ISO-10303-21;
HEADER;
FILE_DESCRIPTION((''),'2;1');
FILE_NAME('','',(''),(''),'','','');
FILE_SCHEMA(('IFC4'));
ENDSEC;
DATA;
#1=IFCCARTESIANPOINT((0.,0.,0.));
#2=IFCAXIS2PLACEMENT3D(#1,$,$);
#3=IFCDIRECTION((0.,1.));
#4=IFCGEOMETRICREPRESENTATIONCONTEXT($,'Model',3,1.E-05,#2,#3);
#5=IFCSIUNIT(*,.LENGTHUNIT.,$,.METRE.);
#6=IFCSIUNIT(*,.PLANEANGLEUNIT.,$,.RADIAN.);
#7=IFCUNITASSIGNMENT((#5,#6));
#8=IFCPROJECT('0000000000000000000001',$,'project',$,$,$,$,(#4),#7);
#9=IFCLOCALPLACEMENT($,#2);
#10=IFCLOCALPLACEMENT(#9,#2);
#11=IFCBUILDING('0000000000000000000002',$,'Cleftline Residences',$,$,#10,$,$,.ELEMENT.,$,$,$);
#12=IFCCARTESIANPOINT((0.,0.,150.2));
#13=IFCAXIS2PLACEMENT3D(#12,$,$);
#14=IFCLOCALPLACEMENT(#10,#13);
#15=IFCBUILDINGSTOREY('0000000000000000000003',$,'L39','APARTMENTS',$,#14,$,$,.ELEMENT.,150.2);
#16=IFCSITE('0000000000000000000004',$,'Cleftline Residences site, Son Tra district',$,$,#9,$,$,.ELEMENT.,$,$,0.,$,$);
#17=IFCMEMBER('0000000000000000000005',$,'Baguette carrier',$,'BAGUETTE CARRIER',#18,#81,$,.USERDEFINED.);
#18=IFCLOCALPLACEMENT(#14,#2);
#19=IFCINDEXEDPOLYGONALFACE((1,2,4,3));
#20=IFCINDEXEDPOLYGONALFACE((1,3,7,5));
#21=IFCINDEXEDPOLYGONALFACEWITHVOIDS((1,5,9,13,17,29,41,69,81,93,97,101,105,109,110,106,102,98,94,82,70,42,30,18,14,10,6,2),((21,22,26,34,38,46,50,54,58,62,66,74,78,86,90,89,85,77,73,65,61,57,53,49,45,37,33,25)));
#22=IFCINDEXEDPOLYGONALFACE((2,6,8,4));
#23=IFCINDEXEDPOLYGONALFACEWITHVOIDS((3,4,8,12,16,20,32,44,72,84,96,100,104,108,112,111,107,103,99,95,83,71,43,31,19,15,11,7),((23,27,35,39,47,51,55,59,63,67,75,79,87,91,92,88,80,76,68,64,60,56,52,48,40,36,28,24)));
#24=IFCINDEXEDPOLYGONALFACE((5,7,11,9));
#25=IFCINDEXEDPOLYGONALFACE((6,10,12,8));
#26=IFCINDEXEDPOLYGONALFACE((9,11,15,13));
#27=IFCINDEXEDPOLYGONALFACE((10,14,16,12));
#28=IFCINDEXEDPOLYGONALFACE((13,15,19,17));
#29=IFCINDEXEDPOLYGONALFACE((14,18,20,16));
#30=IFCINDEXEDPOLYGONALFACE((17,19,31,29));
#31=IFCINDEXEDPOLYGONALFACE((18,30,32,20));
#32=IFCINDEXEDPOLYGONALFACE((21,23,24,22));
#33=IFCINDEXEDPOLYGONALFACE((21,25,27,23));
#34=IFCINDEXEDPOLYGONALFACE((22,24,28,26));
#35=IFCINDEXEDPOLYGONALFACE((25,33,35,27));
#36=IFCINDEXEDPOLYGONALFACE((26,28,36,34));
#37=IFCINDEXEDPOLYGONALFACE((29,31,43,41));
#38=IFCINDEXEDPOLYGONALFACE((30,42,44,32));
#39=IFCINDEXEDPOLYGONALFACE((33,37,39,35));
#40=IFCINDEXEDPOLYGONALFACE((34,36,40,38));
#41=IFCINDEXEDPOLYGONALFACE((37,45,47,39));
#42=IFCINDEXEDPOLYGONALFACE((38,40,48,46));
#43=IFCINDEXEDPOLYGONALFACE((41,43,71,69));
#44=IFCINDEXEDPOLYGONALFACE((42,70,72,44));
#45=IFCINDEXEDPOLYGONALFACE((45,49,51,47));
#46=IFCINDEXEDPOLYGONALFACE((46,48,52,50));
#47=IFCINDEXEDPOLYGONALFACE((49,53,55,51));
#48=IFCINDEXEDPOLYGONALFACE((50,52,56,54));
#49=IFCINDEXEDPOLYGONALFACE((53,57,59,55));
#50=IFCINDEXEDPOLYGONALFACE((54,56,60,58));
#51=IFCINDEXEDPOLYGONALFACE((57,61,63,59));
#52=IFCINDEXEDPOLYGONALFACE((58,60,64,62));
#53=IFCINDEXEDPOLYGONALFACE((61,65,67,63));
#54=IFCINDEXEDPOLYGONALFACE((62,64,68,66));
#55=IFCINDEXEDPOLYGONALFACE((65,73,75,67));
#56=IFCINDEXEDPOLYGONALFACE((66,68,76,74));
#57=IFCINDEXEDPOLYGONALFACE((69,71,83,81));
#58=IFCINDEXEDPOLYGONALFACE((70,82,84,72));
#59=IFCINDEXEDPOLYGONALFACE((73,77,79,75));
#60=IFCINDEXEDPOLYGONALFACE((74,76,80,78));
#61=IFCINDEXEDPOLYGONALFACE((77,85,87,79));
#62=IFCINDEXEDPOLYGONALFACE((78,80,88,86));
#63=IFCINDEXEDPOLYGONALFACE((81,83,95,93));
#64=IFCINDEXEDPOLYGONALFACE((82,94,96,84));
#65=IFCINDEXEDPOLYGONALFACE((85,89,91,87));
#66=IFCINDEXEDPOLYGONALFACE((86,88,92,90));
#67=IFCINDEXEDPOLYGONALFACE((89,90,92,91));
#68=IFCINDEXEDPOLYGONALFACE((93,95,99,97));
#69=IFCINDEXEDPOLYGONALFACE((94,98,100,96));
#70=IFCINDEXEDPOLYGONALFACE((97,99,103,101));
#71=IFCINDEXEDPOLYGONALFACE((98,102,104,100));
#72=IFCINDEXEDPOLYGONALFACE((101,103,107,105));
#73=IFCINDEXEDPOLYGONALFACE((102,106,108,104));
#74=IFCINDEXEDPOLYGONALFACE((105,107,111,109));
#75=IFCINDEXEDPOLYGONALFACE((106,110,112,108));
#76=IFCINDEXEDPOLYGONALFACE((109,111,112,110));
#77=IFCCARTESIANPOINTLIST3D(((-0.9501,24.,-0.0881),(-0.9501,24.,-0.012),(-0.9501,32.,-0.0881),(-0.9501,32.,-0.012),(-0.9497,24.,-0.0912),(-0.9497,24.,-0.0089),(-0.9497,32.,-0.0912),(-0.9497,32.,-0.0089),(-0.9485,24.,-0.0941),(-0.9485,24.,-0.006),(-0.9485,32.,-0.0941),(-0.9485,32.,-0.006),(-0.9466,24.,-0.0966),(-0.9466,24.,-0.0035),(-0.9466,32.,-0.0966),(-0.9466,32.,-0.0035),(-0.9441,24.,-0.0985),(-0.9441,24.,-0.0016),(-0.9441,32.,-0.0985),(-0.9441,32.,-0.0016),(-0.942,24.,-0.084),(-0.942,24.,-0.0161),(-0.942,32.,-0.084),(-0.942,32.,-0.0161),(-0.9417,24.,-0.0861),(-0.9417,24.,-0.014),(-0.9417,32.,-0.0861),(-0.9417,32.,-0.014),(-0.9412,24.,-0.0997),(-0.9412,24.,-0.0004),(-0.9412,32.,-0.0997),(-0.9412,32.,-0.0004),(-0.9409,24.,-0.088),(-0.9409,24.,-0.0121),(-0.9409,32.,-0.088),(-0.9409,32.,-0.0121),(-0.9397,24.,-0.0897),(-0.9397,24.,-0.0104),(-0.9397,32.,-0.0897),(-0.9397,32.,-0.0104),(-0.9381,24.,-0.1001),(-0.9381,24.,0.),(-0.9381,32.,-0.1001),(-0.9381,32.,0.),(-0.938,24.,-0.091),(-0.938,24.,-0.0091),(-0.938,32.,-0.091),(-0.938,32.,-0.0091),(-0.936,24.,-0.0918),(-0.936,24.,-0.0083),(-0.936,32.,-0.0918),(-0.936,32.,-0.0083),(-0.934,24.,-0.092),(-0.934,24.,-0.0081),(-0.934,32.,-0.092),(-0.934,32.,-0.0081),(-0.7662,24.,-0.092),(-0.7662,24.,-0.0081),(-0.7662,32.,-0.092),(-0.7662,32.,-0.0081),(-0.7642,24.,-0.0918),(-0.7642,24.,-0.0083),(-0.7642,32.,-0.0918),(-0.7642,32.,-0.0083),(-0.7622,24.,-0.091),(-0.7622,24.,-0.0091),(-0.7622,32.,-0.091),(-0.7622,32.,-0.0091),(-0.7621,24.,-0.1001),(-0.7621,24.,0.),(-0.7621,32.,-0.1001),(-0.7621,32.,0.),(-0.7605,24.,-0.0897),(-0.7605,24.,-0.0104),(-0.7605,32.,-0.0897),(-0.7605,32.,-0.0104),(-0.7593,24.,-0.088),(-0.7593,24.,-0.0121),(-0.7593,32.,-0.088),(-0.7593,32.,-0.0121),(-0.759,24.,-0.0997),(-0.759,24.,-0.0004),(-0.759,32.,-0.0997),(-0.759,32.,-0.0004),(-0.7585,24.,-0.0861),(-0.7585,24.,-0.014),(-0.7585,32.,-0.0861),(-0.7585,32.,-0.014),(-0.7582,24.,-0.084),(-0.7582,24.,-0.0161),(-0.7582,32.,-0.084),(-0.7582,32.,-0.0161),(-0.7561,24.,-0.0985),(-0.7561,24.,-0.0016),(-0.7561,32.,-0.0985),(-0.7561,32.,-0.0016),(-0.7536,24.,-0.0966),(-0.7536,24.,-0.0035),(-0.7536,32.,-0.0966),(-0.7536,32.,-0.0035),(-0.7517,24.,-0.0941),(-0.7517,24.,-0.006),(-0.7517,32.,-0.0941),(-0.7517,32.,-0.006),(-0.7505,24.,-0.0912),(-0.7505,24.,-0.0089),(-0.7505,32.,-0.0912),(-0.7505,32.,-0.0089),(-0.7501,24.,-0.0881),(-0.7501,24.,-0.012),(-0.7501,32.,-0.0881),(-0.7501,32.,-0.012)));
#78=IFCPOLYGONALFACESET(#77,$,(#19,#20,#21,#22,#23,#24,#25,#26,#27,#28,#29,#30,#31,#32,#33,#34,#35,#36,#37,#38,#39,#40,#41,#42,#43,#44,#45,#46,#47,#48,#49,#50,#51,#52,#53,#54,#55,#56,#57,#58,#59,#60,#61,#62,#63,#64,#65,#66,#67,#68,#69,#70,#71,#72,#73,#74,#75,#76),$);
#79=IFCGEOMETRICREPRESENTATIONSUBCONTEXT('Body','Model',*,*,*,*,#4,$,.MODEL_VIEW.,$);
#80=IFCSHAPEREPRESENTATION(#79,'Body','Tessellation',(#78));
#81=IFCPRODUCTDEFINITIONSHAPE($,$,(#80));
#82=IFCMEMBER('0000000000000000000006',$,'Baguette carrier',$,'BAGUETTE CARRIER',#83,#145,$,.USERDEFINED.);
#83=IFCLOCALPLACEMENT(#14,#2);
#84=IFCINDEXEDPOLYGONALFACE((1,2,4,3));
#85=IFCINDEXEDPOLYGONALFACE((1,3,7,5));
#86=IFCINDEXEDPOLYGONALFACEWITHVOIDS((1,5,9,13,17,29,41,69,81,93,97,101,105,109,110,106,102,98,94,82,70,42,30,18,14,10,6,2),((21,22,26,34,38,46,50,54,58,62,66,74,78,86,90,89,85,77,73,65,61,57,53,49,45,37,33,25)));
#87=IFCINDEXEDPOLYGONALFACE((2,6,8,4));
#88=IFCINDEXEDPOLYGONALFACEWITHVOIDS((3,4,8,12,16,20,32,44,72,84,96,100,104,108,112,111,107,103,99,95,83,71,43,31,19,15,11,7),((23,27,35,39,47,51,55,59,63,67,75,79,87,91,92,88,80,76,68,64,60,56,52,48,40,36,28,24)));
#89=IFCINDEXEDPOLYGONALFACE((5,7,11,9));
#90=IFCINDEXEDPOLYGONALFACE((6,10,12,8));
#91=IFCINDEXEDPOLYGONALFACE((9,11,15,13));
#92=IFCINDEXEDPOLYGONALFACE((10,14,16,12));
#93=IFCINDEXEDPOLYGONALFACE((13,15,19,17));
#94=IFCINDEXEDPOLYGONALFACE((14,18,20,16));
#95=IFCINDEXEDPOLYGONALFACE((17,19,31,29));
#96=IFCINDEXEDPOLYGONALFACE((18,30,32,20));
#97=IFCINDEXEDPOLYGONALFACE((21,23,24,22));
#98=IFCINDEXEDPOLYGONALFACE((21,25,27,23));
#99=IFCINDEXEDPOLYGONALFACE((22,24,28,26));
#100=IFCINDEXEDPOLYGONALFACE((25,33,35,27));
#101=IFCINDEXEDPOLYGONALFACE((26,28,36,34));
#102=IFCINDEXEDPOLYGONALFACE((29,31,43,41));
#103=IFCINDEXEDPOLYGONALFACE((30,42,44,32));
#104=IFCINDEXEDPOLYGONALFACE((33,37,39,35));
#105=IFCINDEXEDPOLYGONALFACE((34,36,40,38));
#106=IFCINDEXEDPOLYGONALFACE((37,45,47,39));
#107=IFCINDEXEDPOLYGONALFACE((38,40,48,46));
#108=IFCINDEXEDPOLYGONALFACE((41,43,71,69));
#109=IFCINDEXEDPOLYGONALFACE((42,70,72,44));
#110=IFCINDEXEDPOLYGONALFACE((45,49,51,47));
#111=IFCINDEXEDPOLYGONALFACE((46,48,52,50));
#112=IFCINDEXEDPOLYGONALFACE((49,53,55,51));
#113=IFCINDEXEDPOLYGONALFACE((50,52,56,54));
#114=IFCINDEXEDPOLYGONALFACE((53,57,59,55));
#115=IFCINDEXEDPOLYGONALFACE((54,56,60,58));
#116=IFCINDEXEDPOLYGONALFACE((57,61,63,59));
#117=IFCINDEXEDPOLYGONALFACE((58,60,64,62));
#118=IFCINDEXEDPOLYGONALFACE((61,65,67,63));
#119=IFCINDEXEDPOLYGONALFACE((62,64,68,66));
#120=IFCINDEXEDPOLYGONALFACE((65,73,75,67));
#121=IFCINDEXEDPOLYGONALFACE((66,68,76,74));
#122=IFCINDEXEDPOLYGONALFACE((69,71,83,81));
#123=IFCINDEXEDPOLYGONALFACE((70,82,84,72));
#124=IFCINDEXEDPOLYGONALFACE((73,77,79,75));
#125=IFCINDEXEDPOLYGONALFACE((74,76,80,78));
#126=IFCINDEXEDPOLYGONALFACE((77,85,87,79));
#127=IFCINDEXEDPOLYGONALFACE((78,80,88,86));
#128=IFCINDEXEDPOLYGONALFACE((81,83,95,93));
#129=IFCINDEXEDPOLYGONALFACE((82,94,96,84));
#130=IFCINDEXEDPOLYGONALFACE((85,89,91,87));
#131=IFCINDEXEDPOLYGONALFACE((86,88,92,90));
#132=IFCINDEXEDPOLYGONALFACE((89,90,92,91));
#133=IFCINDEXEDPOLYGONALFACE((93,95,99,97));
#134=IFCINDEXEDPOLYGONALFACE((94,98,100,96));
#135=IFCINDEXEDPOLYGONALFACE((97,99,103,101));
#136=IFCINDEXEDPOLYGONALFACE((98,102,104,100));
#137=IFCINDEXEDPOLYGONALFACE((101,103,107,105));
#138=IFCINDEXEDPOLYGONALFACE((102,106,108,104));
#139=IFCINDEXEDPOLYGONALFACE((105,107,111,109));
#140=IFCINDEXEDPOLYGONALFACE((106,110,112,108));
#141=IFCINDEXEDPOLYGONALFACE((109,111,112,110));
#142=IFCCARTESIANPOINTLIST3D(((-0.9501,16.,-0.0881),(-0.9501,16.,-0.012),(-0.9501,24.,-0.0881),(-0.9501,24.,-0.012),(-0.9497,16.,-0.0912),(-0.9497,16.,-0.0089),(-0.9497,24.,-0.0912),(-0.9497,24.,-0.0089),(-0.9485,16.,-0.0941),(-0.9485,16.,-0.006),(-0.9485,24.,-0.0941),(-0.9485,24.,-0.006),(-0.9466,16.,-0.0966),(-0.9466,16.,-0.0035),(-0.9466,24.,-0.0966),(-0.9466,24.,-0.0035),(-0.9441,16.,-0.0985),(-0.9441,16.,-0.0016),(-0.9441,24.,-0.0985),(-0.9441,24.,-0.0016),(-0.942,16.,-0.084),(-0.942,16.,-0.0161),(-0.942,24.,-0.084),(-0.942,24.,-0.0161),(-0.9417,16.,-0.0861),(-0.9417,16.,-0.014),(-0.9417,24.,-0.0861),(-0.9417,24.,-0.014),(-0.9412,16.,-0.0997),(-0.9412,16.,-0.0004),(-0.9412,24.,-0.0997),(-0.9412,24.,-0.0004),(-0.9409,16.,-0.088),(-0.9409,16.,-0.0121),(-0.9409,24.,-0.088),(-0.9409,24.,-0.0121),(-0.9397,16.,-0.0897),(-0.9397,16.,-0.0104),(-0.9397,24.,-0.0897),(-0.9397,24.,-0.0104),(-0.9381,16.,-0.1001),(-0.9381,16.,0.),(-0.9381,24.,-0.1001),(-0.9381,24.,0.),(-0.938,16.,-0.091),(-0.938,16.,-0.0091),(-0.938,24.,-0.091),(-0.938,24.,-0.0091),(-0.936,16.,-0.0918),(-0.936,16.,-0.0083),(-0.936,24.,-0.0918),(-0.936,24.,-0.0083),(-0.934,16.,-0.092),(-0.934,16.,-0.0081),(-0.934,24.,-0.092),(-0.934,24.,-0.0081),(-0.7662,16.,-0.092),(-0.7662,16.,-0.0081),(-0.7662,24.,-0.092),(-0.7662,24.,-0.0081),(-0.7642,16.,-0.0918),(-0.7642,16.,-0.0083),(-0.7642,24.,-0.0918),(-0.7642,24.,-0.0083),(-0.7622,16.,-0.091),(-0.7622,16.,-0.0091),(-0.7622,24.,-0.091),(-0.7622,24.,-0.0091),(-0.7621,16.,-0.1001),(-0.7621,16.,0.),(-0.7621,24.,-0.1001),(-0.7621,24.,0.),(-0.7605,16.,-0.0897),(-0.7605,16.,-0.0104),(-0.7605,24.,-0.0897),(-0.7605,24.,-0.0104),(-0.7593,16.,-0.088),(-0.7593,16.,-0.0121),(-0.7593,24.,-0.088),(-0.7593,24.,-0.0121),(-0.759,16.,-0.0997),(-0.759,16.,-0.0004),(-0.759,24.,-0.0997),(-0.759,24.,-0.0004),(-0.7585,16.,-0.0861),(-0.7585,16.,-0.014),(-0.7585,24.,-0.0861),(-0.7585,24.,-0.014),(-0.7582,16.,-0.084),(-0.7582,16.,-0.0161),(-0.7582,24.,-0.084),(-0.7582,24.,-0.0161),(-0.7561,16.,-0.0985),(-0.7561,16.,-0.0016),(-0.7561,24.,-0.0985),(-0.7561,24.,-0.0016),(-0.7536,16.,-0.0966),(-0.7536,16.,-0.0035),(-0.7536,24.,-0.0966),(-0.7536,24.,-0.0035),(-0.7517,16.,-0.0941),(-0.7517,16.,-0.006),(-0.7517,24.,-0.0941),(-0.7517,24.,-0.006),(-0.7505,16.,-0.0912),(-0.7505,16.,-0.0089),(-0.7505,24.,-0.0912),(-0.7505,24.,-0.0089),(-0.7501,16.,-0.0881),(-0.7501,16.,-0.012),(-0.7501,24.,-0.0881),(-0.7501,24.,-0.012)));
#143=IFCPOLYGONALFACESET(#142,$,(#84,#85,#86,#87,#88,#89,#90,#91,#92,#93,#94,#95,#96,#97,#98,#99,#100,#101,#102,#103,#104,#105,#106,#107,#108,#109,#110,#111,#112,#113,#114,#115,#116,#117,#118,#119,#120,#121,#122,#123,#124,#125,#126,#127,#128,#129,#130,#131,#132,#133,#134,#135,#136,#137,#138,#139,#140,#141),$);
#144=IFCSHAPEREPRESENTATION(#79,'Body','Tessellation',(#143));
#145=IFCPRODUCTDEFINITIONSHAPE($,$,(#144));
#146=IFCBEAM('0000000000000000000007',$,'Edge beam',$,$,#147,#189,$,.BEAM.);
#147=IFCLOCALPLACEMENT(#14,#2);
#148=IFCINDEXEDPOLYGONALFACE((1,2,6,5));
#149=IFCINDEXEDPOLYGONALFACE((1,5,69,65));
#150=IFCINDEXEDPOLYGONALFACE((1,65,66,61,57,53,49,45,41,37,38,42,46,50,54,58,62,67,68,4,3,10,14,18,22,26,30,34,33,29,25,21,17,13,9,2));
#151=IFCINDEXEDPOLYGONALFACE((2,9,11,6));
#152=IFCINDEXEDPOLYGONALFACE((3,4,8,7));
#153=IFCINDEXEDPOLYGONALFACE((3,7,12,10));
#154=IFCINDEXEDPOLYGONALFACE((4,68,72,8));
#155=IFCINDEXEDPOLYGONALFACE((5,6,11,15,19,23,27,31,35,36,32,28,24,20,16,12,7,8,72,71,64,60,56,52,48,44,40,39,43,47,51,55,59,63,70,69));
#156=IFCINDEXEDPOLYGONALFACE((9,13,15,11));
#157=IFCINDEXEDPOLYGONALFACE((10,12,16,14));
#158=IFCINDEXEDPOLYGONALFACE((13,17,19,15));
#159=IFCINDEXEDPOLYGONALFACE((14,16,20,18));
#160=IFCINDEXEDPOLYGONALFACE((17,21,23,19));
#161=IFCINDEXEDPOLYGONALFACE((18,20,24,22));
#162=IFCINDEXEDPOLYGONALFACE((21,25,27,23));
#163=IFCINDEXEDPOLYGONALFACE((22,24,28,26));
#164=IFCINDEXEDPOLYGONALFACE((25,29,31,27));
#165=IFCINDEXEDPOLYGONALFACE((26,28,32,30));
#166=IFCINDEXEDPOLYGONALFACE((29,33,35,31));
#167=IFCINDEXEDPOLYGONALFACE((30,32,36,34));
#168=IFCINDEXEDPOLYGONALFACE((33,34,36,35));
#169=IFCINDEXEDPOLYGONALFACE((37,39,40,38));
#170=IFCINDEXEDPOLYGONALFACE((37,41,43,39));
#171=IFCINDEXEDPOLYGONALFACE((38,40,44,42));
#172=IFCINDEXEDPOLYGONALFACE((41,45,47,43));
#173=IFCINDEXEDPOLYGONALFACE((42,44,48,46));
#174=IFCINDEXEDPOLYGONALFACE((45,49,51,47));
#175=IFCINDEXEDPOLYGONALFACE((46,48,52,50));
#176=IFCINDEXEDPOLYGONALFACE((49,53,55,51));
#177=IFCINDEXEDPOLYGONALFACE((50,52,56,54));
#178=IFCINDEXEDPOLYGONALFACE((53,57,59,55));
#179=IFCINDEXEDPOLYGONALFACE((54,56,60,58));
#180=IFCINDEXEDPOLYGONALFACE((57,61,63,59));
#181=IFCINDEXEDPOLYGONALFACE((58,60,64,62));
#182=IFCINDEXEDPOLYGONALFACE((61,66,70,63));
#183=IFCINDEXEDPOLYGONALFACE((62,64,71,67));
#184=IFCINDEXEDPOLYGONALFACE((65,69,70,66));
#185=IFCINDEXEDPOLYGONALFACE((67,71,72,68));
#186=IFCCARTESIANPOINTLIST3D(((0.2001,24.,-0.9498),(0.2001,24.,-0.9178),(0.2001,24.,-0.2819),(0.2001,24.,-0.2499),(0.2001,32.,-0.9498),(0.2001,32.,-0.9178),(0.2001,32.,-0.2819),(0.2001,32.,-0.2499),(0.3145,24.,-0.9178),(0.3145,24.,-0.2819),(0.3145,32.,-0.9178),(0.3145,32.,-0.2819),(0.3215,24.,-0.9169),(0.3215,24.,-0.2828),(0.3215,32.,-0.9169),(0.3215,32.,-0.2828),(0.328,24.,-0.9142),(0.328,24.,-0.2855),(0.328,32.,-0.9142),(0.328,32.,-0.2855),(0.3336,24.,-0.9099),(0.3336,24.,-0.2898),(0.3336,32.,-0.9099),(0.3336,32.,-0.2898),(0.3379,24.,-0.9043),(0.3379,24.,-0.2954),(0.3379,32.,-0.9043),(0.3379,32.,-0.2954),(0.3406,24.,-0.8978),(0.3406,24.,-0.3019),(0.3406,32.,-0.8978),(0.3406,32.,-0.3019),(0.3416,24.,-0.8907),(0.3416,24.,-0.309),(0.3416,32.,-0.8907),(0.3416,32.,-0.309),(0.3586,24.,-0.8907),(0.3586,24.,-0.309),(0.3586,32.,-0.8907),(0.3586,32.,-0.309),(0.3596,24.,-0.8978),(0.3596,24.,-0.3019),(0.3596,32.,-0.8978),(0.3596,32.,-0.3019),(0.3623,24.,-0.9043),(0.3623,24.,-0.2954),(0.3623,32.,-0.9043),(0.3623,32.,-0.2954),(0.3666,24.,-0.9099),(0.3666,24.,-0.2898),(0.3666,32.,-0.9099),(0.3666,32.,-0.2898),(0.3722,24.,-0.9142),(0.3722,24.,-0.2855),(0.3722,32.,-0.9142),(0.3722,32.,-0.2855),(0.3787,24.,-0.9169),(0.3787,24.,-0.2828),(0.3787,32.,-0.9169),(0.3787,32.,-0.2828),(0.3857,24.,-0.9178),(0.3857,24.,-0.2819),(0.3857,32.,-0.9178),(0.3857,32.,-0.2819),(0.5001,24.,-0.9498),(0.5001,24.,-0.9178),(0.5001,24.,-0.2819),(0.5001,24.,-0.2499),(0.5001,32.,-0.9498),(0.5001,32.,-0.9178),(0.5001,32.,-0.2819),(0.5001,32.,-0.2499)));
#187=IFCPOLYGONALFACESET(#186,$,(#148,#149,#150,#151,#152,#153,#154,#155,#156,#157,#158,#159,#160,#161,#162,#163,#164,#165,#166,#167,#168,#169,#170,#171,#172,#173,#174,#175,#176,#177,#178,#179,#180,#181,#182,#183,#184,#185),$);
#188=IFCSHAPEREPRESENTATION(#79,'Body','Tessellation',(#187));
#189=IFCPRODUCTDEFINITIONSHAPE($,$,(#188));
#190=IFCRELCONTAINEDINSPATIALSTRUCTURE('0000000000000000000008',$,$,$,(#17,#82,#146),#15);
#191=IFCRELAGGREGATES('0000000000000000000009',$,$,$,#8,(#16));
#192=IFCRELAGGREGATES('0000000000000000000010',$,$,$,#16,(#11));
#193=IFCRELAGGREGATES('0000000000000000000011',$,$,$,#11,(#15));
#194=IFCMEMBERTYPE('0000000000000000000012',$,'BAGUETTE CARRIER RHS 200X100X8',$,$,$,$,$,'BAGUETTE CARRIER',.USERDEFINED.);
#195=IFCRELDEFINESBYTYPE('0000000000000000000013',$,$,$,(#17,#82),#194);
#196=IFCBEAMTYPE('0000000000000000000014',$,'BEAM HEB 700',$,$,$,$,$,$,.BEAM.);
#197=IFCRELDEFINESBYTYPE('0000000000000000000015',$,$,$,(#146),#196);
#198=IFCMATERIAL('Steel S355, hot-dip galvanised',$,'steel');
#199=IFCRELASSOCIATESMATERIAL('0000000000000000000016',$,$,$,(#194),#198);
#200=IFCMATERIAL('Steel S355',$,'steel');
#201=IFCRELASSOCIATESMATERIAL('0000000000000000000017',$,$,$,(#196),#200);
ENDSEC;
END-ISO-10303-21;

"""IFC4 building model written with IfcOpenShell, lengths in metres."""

from ifc_helpers import new_model, si_unit, direction, frame, origin, origin_2d, place, context, subcontext, project, spatial, hollow_rectangle, i_section, extrude, material, material_profile, profile_set, type_object, element, save


model = new_model("IFC4")

# Units and contexts
model_context = context("Model", 3, precision=1e-05, world=origin(), true_north=direction((0.0, 1.0)))
body_context = subcontext(model_context, "Body", "Model", "MODEL_VIEW")
ifc_project = project(units=[si_unit("LENGTHUNIT", "METRE"), si_unit("PLANEANGLEUNIT", "RADIAN")], contexts=[model_context])

# Site, building, storey
site_placement = place(None, origin())
site = spatial("IfcSite", under=ifc_project, at=site_placement, Name="Cleftline Residences site, Son Tra district", CompositionType="ELEMENT", RefElevation=0.0)
building_placement = place(site_placement, origin())
building = spatial("IfcBuilding", under=site, at=building_placement, Name="Cleftline Residences", CompositionType="ELEMENT")
storey_placement = place(building_placement, frame((0.0, 0.0, 150.2)))
storey = spatial("IfcBuildingStorey", under=building, at=storey_placement, Name="L39", Description="APARTMENTS", CompositionType="ELEMENT", Elevation=150.2)

# Members
ifc_material_1 = material(Name="Steel S355, hot-dip galvanised", Category="steel")
ifc_material_profile_1 = material_profile(ifc_material_1, hollow_rectangle(XDim=0.1001, YDim=0.2, WallThickness=0.0081, InnerFilletRadius=0.0081, OuterFilletRadius=0.012, at=origin_2d()))
ifc_profile_set_1 = profile_set([ifc_material_profile_1], Name="Steel S355, hot-dip galvanised")
member_type_1 = type_object("IfcMemberType", Name="BAGUETTE CARRIER RHS 200X100X8", ElementType="BAGUETTE CARRIER", PredefinedType="USERDEFINED", material=ifc_profile_set_1)
for number, where, z_axis, x_axis, name in (
    (1, (-0.8501, 32.0, -0.05), (0.0, -1.0, 0.0), (0.0, 0.0, 1.0), "Baguette carrier"),
    (2, (-0.8501, 24.0, -0.05), (0.0, -1.0, 0.0), (0.0, 0.0, 1.0), "Baguette carrier"),
):
    element("IfcMember", number, at=place(storey_placement, frame(where, z_axis=z_axis, x_axis=x_axis)), inside=storey, type_object=member_type_1, Name=name, ObjectType="BAGUETTE CARRIER", PredefinedType="USERDEFINED", context=body_context, shape_type="SweptSolid", body=[
        extrude(hollow_rectangle(XDim=0.1001, YDim=0.2, WallThickness=0.0081, InnerFilletRadius=0.0081, OuterFilletRadius=0.012, at=origin_2d()), origin(), (0.0, 0.0, 1.0), 8.0),
    ])

# Beam
ifc_material_2 = material(Name="Steel S355", Category="steel")
ifc_material_profile_2 = material_profile(ifc_material_2, i_section(OverallWidth=0.3, OverallDepth=0.7, WebThickness=0.0171, FlangeThickness=0.032, FilletRadius=0.0271, at=origin_2d()))
ifc_profile_set_2 = profile_set([ifc_material_profile_2], Name="Steel S355")
beam_type = type_object("IfcBeamType", Name="BEAM HEB 700", PredefinedType="BEAM", material=ifc_profile_set_2)
for number, where, z_axis, x_axis, name in (
    (3, (0.3501, 24.0, -0.5999), (0.0, 1.0, 0.0), (-1.0, 0.0, 0.0), "Edge beam"),
):
    element("IfcBeam", number, at=place(storey_placement, frame(where, z_axis=z_axis, x_axis=x_axis)), inside=storey, type_object=beam_type, Name=name, PredefinedType="BEAM", context=body_context, shape_type="SweptSolid", body=[
        extrude(i_section(OverallWidth=0.3, OverallDepth=0.7, WebThickness=0.0171, FlangeThickness=0.032, FilletRadius=0.0271, at=origin_2d()), origin(), (0.0, 0.0, 1.0), 8.0),
    ])

save(model, "model.ifc")
